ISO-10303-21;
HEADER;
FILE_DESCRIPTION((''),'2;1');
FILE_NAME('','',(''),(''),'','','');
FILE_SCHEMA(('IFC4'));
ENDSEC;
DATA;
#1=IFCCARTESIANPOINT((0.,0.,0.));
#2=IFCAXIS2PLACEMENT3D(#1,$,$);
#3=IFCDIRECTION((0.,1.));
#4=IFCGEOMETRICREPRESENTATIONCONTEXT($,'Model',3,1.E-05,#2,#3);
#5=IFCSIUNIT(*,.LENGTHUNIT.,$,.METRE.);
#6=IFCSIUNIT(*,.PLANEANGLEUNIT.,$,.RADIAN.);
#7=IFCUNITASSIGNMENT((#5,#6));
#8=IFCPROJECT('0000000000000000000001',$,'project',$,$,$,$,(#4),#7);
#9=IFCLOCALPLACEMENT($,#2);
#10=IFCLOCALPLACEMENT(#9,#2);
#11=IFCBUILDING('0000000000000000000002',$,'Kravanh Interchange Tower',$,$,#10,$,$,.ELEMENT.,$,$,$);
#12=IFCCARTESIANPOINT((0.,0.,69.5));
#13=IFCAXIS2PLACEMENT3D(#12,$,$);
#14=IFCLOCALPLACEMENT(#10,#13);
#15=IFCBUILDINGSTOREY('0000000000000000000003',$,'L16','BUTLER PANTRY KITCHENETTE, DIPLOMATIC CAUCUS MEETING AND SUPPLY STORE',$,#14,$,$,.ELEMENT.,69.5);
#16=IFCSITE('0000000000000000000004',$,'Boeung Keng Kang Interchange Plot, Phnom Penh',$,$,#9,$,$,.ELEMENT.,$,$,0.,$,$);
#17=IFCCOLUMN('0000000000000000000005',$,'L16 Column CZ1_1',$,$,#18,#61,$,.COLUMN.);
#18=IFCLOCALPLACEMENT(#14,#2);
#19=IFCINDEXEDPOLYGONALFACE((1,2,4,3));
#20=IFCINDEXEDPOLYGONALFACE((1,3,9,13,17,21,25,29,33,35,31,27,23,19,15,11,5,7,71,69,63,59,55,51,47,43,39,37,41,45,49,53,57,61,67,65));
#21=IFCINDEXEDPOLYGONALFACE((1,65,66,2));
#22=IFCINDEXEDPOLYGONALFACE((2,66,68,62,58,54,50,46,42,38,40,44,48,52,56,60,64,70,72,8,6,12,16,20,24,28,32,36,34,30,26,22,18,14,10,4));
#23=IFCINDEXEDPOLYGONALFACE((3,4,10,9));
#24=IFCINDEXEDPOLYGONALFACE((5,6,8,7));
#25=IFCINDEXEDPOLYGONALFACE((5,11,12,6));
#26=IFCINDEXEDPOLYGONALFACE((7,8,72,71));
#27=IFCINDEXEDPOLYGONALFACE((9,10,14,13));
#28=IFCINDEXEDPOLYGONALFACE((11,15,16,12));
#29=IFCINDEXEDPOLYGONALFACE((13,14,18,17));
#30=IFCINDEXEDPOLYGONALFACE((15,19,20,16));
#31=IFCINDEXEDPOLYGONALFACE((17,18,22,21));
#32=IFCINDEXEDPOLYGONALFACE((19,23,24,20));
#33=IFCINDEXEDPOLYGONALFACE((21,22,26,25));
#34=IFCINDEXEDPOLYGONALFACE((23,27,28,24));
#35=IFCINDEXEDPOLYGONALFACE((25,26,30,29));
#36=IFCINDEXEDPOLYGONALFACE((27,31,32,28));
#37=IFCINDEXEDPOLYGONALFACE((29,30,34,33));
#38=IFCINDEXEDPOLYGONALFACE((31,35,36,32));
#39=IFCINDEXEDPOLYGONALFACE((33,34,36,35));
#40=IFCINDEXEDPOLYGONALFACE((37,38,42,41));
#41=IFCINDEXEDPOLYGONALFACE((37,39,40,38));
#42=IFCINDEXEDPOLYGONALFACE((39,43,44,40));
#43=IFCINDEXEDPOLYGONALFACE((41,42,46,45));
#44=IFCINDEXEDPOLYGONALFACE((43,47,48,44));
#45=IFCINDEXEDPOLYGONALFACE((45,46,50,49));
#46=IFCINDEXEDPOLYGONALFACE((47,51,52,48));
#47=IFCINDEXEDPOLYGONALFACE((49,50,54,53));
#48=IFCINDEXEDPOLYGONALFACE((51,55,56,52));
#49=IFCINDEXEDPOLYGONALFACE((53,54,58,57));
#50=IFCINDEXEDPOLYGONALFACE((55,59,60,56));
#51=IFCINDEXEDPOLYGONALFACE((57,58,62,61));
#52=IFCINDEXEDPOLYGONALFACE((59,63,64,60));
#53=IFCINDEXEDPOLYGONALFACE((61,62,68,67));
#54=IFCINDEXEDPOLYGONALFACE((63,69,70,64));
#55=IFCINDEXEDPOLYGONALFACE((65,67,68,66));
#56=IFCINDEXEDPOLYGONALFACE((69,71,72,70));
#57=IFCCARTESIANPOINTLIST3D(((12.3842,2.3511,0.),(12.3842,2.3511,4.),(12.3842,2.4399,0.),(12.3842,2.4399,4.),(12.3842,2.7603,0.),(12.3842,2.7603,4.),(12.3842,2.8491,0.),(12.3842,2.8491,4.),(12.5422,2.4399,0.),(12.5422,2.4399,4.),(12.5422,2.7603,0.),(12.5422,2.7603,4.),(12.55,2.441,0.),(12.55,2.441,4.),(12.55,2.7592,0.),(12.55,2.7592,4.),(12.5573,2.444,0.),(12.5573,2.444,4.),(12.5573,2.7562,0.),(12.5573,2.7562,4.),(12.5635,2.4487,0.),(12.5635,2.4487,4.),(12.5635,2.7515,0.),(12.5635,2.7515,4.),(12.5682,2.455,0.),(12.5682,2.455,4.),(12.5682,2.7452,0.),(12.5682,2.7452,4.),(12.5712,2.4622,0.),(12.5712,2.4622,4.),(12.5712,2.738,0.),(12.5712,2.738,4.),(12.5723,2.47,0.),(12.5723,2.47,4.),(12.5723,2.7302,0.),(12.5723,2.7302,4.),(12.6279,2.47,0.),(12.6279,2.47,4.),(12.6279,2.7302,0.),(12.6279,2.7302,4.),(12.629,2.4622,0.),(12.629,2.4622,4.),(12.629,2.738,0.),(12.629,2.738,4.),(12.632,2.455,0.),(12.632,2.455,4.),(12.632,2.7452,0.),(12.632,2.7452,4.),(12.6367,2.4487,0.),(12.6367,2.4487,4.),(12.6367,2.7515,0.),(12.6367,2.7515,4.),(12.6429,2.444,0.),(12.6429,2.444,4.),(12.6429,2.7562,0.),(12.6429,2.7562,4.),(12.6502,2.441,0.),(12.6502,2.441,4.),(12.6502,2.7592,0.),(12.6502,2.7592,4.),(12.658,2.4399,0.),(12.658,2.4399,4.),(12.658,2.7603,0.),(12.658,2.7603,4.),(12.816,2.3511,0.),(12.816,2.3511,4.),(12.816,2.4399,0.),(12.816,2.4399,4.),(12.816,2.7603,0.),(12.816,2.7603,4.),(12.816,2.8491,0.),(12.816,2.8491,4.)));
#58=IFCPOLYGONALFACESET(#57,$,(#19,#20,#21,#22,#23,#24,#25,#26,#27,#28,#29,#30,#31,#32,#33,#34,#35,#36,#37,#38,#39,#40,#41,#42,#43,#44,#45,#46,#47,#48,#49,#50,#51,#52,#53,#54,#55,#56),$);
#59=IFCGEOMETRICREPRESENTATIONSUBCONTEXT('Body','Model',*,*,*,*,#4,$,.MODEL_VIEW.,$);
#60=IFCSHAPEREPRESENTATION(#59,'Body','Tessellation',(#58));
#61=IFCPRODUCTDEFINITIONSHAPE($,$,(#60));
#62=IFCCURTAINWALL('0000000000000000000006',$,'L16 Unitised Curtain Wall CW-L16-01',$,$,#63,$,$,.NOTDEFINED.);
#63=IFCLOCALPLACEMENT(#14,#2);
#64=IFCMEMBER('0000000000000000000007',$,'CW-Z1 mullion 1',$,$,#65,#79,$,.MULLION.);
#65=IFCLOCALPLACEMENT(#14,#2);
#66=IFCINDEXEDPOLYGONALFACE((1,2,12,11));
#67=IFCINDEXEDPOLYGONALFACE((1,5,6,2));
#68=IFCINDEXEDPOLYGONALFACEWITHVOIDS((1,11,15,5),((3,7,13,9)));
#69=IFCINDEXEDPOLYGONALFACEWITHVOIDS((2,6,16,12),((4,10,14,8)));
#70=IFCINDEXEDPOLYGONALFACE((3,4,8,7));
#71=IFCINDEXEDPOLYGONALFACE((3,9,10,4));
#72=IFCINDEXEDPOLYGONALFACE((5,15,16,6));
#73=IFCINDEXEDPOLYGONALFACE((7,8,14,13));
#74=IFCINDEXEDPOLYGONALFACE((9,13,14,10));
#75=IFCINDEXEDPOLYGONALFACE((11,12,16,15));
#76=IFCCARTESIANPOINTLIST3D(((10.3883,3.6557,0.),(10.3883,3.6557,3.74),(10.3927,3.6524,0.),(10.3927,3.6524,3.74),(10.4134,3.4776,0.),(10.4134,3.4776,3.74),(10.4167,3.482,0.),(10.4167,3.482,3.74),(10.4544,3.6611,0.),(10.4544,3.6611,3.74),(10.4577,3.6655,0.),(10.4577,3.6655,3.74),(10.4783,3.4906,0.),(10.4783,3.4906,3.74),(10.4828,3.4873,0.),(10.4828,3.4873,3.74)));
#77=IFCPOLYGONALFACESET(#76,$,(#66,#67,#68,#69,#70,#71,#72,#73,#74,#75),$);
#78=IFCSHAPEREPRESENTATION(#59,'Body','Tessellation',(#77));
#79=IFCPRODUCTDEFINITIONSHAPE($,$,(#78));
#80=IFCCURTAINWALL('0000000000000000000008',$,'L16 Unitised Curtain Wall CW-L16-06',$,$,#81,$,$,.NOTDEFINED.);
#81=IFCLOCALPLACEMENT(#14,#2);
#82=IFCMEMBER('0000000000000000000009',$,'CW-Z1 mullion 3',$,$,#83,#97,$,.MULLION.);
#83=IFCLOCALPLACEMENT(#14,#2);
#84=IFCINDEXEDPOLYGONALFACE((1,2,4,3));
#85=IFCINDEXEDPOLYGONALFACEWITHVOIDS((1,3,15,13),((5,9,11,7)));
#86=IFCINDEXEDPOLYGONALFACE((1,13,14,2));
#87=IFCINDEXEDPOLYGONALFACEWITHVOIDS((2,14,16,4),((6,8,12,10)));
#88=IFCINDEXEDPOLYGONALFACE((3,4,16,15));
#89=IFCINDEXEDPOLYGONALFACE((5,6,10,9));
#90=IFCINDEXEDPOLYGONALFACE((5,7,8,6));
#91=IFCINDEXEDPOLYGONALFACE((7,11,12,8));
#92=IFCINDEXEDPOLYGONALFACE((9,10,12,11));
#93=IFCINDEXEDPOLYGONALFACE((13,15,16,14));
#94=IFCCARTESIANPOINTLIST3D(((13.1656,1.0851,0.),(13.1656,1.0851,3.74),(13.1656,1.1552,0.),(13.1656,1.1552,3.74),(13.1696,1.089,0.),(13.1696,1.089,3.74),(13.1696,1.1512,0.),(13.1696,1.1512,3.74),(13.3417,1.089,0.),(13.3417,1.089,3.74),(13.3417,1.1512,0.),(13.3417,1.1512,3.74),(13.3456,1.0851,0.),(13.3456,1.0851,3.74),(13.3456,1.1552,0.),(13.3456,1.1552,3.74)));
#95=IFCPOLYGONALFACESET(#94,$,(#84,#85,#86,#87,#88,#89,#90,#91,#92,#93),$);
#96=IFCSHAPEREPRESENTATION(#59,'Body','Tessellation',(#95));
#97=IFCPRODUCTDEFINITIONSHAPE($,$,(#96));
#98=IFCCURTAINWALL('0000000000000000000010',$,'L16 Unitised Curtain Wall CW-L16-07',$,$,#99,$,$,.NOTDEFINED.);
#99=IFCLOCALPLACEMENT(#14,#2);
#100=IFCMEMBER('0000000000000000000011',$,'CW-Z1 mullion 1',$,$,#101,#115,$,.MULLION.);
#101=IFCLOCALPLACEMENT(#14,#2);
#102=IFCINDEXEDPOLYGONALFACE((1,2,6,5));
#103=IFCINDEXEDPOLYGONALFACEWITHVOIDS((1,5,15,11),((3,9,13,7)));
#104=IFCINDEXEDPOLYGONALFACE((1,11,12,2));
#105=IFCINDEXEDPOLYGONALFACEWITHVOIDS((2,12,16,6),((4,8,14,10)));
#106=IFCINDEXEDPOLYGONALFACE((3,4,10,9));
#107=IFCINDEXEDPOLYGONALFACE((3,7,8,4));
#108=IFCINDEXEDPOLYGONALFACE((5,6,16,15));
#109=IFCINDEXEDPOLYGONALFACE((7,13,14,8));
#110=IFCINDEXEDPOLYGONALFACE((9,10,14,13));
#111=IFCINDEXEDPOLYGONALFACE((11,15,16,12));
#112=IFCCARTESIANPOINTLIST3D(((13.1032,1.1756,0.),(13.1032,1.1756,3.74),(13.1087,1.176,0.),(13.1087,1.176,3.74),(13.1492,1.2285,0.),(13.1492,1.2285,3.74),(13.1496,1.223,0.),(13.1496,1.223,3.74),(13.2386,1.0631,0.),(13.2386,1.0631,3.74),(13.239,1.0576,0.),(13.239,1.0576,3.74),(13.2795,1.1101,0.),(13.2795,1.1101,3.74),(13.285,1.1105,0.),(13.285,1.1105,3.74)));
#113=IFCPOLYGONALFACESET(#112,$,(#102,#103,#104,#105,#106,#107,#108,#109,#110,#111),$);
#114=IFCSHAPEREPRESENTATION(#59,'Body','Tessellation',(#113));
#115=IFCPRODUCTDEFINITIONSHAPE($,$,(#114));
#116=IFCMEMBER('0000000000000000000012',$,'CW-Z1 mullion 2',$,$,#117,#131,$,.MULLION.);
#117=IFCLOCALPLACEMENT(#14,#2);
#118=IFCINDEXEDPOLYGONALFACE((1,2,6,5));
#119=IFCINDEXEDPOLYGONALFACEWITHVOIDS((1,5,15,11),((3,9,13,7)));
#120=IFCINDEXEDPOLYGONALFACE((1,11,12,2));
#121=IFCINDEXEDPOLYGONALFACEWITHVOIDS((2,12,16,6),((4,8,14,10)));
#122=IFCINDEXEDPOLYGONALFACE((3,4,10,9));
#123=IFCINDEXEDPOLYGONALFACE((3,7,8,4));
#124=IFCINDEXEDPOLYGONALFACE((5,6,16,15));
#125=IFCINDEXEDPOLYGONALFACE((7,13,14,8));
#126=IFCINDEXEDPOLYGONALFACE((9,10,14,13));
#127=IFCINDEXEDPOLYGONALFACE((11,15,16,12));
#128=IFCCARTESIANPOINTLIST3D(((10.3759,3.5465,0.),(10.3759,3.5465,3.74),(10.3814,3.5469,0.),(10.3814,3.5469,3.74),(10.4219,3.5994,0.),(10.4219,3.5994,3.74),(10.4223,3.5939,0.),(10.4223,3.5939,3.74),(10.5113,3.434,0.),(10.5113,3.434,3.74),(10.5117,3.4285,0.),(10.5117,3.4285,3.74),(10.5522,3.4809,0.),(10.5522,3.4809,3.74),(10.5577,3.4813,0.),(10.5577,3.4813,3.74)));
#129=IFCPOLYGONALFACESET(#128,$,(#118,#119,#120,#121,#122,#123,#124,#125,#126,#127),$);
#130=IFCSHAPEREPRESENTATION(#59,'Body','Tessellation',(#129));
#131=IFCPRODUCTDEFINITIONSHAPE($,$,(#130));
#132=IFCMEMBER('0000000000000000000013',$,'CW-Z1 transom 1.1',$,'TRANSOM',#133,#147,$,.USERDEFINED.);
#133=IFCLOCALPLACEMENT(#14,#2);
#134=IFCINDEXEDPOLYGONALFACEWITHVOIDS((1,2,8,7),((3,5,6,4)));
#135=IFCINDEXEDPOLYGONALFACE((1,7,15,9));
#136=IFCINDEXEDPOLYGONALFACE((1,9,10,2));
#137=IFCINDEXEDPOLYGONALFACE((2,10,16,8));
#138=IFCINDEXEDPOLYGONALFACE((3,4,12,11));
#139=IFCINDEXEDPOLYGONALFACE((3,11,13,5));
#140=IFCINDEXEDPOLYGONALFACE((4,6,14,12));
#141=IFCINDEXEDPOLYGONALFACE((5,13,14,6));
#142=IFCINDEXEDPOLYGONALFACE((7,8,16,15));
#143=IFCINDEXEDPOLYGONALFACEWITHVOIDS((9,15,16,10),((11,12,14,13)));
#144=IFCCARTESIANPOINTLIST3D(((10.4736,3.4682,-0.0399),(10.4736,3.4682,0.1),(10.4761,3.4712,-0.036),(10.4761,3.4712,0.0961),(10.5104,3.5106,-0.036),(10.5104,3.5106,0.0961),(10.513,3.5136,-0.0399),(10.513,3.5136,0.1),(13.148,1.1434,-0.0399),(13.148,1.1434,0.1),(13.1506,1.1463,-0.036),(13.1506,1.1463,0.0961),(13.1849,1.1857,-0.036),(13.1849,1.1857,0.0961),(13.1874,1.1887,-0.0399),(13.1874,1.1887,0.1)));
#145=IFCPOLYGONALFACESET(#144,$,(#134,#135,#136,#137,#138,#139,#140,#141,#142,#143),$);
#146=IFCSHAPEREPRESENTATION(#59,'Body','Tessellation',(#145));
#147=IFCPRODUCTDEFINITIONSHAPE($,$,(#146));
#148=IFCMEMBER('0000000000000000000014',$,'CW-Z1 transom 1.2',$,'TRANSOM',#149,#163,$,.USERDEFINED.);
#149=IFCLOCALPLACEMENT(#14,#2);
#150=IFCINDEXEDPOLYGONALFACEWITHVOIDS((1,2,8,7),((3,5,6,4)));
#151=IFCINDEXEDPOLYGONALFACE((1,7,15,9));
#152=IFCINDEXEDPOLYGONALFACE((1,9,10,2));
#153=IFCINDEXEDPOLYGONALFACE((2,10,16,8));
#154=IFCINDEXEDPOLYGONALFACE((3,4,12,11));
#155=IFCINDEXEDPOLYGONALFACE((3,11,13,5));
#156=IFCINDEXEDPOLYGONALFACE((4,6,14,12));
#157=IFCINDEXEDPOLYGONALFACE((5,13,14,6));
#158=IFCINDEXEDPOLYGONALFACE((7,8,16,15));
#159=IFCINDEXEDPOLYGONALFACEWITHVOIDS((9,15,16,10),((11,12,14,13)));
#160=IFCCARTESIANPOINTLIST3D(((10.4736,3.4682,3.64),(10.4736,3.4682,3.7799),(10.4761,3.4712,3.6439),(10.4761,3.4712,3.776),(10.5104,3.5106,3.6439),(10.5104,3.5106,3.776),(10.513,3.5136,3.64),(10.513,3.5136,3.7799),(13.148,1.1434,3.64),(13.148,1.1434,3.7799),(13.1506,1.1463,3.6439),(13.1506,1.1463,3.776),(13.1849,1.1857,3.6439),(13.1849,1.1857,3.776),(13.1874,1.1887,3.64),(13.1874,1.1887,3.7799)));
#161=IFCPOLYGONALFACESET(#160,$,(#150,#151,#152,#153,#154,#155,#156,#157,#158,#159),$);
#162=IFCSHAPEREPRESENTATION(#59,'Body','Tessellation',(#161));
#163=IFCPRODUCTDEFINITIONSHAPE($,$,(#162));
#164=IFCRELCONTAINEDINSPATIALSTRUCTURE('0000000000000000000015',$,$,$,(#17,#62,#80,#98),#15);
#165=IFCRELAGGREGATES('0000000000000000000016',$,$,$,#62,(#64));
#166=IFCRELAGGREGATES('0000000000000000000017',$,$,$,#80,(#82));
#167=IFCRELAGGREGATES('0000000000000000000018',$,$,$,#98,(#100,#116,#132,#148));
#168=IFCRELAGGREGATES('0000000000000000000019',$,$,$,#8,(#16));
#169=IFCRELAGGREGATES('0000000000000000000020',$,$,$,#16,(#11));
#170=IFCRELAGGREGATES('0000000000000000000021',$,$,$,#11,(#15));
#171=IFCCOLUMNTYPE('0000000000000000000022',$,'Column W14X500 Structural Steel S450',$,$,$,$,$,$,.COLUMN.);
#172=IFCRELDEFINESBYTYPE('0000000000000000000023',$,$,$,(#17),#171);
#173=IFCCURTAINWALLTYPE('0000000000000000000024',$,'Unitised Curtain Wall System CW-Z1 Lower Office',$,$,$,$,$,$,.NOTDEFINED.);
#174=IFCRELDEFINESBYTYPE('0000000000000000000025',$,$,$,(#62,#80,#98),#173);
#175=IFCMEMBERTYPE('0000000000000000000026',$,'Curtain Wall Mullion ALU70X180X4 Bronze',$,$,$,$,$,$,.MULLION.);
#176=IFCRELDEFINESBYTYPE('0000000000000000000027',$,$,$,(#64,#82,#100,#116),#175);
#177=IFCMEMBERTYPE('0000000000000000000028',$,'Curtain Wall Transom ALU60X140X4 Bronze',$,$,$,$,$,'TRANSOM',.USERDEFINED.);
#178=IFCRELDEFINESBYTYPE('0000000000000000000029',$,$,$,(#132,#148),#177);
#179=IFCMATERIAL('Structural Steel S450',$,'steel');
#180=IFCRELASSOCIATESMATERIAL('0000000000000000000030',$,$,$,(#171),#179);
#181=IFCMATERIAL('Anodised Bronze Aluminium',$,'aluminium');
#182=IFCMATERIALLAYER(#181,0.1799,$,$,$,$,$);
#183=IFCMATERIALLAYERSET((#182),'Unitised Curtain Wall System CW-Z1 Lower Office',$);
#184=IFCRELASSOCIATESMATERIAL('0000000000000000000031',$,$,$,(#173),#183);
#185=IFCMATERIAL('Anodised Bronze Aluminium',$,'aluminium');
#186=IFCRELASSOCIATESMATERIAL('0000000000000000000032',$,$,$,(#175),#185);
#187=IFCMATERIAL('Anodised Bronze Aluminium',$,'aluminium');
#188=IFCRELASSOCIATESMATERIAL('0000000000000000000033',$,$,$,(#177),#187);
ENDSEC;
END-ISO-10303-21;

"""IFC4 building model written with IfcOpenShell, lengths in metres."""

from ifc_helpers import new_model, si_unit, direction, frame, origin, origin_2d, place, context, subcontext, project, spatial, hollow_rectangle, i_section, extrude, material, layer, layer_set, material_profile, profile_set, type_object, element, aggregate, save


model = new_model("IFC4")

# Units and contexts
model_context = context("Model", 3, precision=1e-05, world=origin(), true_north=direction((0.0, 1.0)))
body_context = subcontext(model_context, "Body", "Model", "MODEL_VIEW")
ifc_project = project(units=[si_unit("LENGTHUNIT", "METRE"), si_unit("PLANEANGLEUNIT", "RADIAN")], contexts=[model_context])

# Site, building, storey
site_placement = place(None, origin())
site = spatial("IfcSite", under=ifc_project, at=site_placement, Name="Boeung Keng Kang Interchange Plot, Phnom Penh", CompositionType="ELEMENT", RefElevation=0.0)
building_placement = place(site_placement, origin())
building = spatial("IfcBuilding", under=site, at=building_placement, Name="Kravanh Interchange Tower", CompositionType="ELEMENT")
storey_placement = place(building_placement, frame((0.0, 0.0, 69.5)))
storey = spatial("IfcBuildingStorey", under=building, at=storey_placement, Name="L16", Description="BUTLER PANTRY KITCHENETTE, DIPLOMATIC CAUCUS MEETING AND SUPPLY STORE", CompositionType="ELEMENT", Elevation=69.5)

# Column
ifc_material_1 = material(Name="Structural Steel S450", Category="steel")
ifc_material_profile_1 = material_profile(ifc_material_1, i_section(OverallWidth=0.4319, OverallDepth=0.498, WebThickness=0.0557, FlangeThickness=0.0889, FilletRadius=0.03, at=origin_2d()), Name="W14X500")
ifc_profile_set_1 = profile_set([ifc_material_profile_1], Name="Structural Steel S450")
column_type = type_object("IfcColumnType", Name="Column W14X500 Structural Steel S450", PredefinedType="COLUMN", material=ifc_profile_set_1)
column_placement = place(storey_placement, frame((12.6001, 2.6001, 0.0), z_axis=(0.0, 0.0, 1.0), x_axis=(1.0, 0.0, 0.0)))
element("IfcColumn", 1, at=column_placement, inside=storey, type_object=column_type, Name="L16 Column CZ1_1", PredefinedType="COLUMN", context=body_context, shape_type="SweptSolid", body=[
    extrude(i_section(OverallWidth=0.4319, OverallDepth=0.498, WebThickness=0.0557, FlangeThickness=0.0889, FilletRadius=0.03, at=origin_2d()), origin(), (0.0, 0.0, 1.0), 4.0),
])

# Curtain walls, members
ifc_material_2 = material(Name="Anodised Bronze Aluminium", Category="aluminium")
ifc_layer_1 = layer(ifc_material_2, 0.1799)
ifc_layer_set_1 = layer_set([ifc_layer_1], Name="Unitised Curtain Wall System CW-Z1 Lower Office")
curtain_wall_type = type_object("IfcCurtainWallType", Name="Unitised Curtain Wall System CW-Z1 Lower Office", PredefinedType="NOTDEFINED", material=ifc_layer_set_1)
curtain_wall_1_placement = place(storey_placement, origin())
curtain_wall_1 = element("IfcCurtainWall", 2, at=curtain_wall_1_placement, inside=storey, type_object=curtain_wall_type, Name="L16 Unitised Curtain Wall CW-L16-01", PredefinedType="NOTDEFINED")
ifc_material_3 = material(Name="Anodised Bronze Aluminium", Category="aluminium")
ifc_material_profile_2 = material_profile(ifc_material_3, hollow_rectangle(XDim=0.0701, YDim=0.1799, WallThickness=0.0039, at=origin_2d()), Name="ALU70X180X4")
ifc_profile_set_2 = profile_set([ifc_material_profile_2], Name="Anodised Bronze Aluminium")
member_type_1 = type_object("IfcMemberType", Name="Curtain Wall Mullion ALU70X180X4 Bronze", PredefinedType="MULLION", material=ifc_profile_set_2)
member_1_placement = place(storey_placement, frame((10.4355, 3.5715, 0.0), z_axis=(0.0, 0.0, 1.0), x_axis=(-0.990268, -0.139177, 0.0)))
member_1 = element("IfcMember", 3, at=member_1_placement, type_object=member_type_1, Name="CW-Z1 mullion 1", PredefinedType="MULLION", context=body_context, shape_type="SweptSolid", body=[
    extrude(hollow_rectangle(XDim=0.0701, YDim=0.1799, WallThickness=0.0039, at=origin_2d()), origin(), (0.0, 0.0, 1.0), 3.74),
])
aggregate(curtain_wall_1, [member_1])
curtain_wall_2_placement = place(storey_placement, origin())
curtain_wall_2 = element("IfcCurtainWall", 4, at=curtain_wall_2_placement, inside=storey, type_object=curtain_wall_type, Name="L16 Unitised Curtain Wall CW-L16-06", PredefinedType="NOTDEFINED")
member_2_placement = place(storey_placement, frame((13.2556, 1.1201, 0.0), z_axis=(0.0, 0.0, 1.0), x_axis=(0.0, -1.0, 0.0)))
member_2 = element("IfcMember", 5, at=member_2_placement, type_object=member_type_1, Name="CW-Z1 mullion 3", PredefinedType="MULLION", context=body_context, shape_type="SweptSolid", body=[
    extrude(hollow_rectangle(XDim=0.0701, YDim=0.1799, WallThickness=0.0039, at=origin_2d()), origin(), (0.0, 0.0, 1.0), 3.74),
])

# Curtain wall, members
curtain_wall_3_placement = place(storey_placement, origin())
curtain_wall_3 = element("IfcCurtainWall", 6, at=curtain_wall_3_placement, inside=storey, type_object=curtain_wall_type, Name="L16 Unitised Curtain Wall CW-L16-07", PredefinedType="NOTDEFINED")
member_3_placement = place(storey_placement, frame((13.1941, 1.1431, 0.0), z_axis=(0.0, 0.0, 1.0), x_axis=(-0.65606, -0.754708, 0.0)))
member_3 = element("IfcMember", 7, at=member_3_placement, type_object=member_type_1, Name="CW-Z1 mullion 1", PredefinedType="MULLION", context=body_context, shape_type="SweptSolid", body=[
    extrude(hollow_rectangle(XDim=0.0701, YDim=0.1799, WallThickness=0.0039, at=origin_2d()), origin(), (0.0, 0.0, 1.0), 3.74),
])
member_4_placement = place(storey_placement, frame((10.4668, 3.5139, 0.0), z_axis=(0.0, 0.0, 1.0), x_axis=(-0.65606, -0.754708, 0.0)))
member_4 = element("IfcMember", 8, at=member_4_placement, type_object=member_type_1, Name="CW-Z1 mullion 2", PredefinedType="MULLION", context=body_context, shape_type="SweptSolid", body=[
    extrude(hollow_rectangle(XDim=0.0701, YDim=0.1799, WallThickness=0.0039, at=origin_2d()), origin(), (0.0, 0.0, 1.0), 3.74),
])
ifc_material_4 = material(Name="Anodised Bronze Aluminium", Category="aluminium")
ifc_material_profile_3 = material_profile(ifc_material_4, hollow_rectangle(XDim=0.0601, YDim=0.1399, WallThickness=0.0039, at=origin_2d()), Name="ALU60X140X4")
ifc_profile_set_3 = profile_set([ifc_material_profile_3], Name="Anodised Bronze Aluminium")
member_type_2 = type_object("IfcMemberType", Name="Curtain Wall Transom ALU60X140X4 Bronze", ElementType="TRANSOM", PredefinedType="USERDEFINED", material=ifc_profile_set_3)
member_5_placement = place(storey_placement, frame((13.1677, 1.166, 0.03), z_axis=(-0.754711, 0.656058, 0.0), x_axis=(-0.656058, -0.754711, 0.0)))
member_5 = element("IfcMember", 9, at=member_5_placement, type_object=member_type_2, Name="CW-Z1 transom 1.1", ObjectType="TRANSOM", PredefinedType="USERDEFINED", context=body_context, shape_type="SweptSolid", body=[
    extrude(hollow_rectangle(XDim=0.0601, YDim=0.1399, WallThickness=0.0039, at=origin_2d()), origin(), (0.0, 0.0, 1.0), 3.5437),
])
member_6_placement = place(storey_placement, frame((13.1677, 1.166, 3.71), z_axis=(-0.754711, 0.656058, 0.0), x_axis=(-0.656058, -0.754711, 0.0)))
member_6 = element("IfcMember", 10, at=member_6_placement, type_object=member_type_2, Name="CW-Z1 transom 1.2", ObjectType="TRANSOM", PredefinedType="USERDEFINED", context=body_context, shape_type="SweptSolid", body=[
    extrude(hollow_rectangle(XDim=0.0601, YDim=0.1399, WallThickness=0.0039, at=origin_2d()), origin(), (0.0, 0.0, 1.0), 3.5437),
])

aggregate(curtain_wall_2, [member_2])
aggregate(curtain_wall_3, [member_3, member_4, member_5, member_6])

save(model, "model.ifc")
